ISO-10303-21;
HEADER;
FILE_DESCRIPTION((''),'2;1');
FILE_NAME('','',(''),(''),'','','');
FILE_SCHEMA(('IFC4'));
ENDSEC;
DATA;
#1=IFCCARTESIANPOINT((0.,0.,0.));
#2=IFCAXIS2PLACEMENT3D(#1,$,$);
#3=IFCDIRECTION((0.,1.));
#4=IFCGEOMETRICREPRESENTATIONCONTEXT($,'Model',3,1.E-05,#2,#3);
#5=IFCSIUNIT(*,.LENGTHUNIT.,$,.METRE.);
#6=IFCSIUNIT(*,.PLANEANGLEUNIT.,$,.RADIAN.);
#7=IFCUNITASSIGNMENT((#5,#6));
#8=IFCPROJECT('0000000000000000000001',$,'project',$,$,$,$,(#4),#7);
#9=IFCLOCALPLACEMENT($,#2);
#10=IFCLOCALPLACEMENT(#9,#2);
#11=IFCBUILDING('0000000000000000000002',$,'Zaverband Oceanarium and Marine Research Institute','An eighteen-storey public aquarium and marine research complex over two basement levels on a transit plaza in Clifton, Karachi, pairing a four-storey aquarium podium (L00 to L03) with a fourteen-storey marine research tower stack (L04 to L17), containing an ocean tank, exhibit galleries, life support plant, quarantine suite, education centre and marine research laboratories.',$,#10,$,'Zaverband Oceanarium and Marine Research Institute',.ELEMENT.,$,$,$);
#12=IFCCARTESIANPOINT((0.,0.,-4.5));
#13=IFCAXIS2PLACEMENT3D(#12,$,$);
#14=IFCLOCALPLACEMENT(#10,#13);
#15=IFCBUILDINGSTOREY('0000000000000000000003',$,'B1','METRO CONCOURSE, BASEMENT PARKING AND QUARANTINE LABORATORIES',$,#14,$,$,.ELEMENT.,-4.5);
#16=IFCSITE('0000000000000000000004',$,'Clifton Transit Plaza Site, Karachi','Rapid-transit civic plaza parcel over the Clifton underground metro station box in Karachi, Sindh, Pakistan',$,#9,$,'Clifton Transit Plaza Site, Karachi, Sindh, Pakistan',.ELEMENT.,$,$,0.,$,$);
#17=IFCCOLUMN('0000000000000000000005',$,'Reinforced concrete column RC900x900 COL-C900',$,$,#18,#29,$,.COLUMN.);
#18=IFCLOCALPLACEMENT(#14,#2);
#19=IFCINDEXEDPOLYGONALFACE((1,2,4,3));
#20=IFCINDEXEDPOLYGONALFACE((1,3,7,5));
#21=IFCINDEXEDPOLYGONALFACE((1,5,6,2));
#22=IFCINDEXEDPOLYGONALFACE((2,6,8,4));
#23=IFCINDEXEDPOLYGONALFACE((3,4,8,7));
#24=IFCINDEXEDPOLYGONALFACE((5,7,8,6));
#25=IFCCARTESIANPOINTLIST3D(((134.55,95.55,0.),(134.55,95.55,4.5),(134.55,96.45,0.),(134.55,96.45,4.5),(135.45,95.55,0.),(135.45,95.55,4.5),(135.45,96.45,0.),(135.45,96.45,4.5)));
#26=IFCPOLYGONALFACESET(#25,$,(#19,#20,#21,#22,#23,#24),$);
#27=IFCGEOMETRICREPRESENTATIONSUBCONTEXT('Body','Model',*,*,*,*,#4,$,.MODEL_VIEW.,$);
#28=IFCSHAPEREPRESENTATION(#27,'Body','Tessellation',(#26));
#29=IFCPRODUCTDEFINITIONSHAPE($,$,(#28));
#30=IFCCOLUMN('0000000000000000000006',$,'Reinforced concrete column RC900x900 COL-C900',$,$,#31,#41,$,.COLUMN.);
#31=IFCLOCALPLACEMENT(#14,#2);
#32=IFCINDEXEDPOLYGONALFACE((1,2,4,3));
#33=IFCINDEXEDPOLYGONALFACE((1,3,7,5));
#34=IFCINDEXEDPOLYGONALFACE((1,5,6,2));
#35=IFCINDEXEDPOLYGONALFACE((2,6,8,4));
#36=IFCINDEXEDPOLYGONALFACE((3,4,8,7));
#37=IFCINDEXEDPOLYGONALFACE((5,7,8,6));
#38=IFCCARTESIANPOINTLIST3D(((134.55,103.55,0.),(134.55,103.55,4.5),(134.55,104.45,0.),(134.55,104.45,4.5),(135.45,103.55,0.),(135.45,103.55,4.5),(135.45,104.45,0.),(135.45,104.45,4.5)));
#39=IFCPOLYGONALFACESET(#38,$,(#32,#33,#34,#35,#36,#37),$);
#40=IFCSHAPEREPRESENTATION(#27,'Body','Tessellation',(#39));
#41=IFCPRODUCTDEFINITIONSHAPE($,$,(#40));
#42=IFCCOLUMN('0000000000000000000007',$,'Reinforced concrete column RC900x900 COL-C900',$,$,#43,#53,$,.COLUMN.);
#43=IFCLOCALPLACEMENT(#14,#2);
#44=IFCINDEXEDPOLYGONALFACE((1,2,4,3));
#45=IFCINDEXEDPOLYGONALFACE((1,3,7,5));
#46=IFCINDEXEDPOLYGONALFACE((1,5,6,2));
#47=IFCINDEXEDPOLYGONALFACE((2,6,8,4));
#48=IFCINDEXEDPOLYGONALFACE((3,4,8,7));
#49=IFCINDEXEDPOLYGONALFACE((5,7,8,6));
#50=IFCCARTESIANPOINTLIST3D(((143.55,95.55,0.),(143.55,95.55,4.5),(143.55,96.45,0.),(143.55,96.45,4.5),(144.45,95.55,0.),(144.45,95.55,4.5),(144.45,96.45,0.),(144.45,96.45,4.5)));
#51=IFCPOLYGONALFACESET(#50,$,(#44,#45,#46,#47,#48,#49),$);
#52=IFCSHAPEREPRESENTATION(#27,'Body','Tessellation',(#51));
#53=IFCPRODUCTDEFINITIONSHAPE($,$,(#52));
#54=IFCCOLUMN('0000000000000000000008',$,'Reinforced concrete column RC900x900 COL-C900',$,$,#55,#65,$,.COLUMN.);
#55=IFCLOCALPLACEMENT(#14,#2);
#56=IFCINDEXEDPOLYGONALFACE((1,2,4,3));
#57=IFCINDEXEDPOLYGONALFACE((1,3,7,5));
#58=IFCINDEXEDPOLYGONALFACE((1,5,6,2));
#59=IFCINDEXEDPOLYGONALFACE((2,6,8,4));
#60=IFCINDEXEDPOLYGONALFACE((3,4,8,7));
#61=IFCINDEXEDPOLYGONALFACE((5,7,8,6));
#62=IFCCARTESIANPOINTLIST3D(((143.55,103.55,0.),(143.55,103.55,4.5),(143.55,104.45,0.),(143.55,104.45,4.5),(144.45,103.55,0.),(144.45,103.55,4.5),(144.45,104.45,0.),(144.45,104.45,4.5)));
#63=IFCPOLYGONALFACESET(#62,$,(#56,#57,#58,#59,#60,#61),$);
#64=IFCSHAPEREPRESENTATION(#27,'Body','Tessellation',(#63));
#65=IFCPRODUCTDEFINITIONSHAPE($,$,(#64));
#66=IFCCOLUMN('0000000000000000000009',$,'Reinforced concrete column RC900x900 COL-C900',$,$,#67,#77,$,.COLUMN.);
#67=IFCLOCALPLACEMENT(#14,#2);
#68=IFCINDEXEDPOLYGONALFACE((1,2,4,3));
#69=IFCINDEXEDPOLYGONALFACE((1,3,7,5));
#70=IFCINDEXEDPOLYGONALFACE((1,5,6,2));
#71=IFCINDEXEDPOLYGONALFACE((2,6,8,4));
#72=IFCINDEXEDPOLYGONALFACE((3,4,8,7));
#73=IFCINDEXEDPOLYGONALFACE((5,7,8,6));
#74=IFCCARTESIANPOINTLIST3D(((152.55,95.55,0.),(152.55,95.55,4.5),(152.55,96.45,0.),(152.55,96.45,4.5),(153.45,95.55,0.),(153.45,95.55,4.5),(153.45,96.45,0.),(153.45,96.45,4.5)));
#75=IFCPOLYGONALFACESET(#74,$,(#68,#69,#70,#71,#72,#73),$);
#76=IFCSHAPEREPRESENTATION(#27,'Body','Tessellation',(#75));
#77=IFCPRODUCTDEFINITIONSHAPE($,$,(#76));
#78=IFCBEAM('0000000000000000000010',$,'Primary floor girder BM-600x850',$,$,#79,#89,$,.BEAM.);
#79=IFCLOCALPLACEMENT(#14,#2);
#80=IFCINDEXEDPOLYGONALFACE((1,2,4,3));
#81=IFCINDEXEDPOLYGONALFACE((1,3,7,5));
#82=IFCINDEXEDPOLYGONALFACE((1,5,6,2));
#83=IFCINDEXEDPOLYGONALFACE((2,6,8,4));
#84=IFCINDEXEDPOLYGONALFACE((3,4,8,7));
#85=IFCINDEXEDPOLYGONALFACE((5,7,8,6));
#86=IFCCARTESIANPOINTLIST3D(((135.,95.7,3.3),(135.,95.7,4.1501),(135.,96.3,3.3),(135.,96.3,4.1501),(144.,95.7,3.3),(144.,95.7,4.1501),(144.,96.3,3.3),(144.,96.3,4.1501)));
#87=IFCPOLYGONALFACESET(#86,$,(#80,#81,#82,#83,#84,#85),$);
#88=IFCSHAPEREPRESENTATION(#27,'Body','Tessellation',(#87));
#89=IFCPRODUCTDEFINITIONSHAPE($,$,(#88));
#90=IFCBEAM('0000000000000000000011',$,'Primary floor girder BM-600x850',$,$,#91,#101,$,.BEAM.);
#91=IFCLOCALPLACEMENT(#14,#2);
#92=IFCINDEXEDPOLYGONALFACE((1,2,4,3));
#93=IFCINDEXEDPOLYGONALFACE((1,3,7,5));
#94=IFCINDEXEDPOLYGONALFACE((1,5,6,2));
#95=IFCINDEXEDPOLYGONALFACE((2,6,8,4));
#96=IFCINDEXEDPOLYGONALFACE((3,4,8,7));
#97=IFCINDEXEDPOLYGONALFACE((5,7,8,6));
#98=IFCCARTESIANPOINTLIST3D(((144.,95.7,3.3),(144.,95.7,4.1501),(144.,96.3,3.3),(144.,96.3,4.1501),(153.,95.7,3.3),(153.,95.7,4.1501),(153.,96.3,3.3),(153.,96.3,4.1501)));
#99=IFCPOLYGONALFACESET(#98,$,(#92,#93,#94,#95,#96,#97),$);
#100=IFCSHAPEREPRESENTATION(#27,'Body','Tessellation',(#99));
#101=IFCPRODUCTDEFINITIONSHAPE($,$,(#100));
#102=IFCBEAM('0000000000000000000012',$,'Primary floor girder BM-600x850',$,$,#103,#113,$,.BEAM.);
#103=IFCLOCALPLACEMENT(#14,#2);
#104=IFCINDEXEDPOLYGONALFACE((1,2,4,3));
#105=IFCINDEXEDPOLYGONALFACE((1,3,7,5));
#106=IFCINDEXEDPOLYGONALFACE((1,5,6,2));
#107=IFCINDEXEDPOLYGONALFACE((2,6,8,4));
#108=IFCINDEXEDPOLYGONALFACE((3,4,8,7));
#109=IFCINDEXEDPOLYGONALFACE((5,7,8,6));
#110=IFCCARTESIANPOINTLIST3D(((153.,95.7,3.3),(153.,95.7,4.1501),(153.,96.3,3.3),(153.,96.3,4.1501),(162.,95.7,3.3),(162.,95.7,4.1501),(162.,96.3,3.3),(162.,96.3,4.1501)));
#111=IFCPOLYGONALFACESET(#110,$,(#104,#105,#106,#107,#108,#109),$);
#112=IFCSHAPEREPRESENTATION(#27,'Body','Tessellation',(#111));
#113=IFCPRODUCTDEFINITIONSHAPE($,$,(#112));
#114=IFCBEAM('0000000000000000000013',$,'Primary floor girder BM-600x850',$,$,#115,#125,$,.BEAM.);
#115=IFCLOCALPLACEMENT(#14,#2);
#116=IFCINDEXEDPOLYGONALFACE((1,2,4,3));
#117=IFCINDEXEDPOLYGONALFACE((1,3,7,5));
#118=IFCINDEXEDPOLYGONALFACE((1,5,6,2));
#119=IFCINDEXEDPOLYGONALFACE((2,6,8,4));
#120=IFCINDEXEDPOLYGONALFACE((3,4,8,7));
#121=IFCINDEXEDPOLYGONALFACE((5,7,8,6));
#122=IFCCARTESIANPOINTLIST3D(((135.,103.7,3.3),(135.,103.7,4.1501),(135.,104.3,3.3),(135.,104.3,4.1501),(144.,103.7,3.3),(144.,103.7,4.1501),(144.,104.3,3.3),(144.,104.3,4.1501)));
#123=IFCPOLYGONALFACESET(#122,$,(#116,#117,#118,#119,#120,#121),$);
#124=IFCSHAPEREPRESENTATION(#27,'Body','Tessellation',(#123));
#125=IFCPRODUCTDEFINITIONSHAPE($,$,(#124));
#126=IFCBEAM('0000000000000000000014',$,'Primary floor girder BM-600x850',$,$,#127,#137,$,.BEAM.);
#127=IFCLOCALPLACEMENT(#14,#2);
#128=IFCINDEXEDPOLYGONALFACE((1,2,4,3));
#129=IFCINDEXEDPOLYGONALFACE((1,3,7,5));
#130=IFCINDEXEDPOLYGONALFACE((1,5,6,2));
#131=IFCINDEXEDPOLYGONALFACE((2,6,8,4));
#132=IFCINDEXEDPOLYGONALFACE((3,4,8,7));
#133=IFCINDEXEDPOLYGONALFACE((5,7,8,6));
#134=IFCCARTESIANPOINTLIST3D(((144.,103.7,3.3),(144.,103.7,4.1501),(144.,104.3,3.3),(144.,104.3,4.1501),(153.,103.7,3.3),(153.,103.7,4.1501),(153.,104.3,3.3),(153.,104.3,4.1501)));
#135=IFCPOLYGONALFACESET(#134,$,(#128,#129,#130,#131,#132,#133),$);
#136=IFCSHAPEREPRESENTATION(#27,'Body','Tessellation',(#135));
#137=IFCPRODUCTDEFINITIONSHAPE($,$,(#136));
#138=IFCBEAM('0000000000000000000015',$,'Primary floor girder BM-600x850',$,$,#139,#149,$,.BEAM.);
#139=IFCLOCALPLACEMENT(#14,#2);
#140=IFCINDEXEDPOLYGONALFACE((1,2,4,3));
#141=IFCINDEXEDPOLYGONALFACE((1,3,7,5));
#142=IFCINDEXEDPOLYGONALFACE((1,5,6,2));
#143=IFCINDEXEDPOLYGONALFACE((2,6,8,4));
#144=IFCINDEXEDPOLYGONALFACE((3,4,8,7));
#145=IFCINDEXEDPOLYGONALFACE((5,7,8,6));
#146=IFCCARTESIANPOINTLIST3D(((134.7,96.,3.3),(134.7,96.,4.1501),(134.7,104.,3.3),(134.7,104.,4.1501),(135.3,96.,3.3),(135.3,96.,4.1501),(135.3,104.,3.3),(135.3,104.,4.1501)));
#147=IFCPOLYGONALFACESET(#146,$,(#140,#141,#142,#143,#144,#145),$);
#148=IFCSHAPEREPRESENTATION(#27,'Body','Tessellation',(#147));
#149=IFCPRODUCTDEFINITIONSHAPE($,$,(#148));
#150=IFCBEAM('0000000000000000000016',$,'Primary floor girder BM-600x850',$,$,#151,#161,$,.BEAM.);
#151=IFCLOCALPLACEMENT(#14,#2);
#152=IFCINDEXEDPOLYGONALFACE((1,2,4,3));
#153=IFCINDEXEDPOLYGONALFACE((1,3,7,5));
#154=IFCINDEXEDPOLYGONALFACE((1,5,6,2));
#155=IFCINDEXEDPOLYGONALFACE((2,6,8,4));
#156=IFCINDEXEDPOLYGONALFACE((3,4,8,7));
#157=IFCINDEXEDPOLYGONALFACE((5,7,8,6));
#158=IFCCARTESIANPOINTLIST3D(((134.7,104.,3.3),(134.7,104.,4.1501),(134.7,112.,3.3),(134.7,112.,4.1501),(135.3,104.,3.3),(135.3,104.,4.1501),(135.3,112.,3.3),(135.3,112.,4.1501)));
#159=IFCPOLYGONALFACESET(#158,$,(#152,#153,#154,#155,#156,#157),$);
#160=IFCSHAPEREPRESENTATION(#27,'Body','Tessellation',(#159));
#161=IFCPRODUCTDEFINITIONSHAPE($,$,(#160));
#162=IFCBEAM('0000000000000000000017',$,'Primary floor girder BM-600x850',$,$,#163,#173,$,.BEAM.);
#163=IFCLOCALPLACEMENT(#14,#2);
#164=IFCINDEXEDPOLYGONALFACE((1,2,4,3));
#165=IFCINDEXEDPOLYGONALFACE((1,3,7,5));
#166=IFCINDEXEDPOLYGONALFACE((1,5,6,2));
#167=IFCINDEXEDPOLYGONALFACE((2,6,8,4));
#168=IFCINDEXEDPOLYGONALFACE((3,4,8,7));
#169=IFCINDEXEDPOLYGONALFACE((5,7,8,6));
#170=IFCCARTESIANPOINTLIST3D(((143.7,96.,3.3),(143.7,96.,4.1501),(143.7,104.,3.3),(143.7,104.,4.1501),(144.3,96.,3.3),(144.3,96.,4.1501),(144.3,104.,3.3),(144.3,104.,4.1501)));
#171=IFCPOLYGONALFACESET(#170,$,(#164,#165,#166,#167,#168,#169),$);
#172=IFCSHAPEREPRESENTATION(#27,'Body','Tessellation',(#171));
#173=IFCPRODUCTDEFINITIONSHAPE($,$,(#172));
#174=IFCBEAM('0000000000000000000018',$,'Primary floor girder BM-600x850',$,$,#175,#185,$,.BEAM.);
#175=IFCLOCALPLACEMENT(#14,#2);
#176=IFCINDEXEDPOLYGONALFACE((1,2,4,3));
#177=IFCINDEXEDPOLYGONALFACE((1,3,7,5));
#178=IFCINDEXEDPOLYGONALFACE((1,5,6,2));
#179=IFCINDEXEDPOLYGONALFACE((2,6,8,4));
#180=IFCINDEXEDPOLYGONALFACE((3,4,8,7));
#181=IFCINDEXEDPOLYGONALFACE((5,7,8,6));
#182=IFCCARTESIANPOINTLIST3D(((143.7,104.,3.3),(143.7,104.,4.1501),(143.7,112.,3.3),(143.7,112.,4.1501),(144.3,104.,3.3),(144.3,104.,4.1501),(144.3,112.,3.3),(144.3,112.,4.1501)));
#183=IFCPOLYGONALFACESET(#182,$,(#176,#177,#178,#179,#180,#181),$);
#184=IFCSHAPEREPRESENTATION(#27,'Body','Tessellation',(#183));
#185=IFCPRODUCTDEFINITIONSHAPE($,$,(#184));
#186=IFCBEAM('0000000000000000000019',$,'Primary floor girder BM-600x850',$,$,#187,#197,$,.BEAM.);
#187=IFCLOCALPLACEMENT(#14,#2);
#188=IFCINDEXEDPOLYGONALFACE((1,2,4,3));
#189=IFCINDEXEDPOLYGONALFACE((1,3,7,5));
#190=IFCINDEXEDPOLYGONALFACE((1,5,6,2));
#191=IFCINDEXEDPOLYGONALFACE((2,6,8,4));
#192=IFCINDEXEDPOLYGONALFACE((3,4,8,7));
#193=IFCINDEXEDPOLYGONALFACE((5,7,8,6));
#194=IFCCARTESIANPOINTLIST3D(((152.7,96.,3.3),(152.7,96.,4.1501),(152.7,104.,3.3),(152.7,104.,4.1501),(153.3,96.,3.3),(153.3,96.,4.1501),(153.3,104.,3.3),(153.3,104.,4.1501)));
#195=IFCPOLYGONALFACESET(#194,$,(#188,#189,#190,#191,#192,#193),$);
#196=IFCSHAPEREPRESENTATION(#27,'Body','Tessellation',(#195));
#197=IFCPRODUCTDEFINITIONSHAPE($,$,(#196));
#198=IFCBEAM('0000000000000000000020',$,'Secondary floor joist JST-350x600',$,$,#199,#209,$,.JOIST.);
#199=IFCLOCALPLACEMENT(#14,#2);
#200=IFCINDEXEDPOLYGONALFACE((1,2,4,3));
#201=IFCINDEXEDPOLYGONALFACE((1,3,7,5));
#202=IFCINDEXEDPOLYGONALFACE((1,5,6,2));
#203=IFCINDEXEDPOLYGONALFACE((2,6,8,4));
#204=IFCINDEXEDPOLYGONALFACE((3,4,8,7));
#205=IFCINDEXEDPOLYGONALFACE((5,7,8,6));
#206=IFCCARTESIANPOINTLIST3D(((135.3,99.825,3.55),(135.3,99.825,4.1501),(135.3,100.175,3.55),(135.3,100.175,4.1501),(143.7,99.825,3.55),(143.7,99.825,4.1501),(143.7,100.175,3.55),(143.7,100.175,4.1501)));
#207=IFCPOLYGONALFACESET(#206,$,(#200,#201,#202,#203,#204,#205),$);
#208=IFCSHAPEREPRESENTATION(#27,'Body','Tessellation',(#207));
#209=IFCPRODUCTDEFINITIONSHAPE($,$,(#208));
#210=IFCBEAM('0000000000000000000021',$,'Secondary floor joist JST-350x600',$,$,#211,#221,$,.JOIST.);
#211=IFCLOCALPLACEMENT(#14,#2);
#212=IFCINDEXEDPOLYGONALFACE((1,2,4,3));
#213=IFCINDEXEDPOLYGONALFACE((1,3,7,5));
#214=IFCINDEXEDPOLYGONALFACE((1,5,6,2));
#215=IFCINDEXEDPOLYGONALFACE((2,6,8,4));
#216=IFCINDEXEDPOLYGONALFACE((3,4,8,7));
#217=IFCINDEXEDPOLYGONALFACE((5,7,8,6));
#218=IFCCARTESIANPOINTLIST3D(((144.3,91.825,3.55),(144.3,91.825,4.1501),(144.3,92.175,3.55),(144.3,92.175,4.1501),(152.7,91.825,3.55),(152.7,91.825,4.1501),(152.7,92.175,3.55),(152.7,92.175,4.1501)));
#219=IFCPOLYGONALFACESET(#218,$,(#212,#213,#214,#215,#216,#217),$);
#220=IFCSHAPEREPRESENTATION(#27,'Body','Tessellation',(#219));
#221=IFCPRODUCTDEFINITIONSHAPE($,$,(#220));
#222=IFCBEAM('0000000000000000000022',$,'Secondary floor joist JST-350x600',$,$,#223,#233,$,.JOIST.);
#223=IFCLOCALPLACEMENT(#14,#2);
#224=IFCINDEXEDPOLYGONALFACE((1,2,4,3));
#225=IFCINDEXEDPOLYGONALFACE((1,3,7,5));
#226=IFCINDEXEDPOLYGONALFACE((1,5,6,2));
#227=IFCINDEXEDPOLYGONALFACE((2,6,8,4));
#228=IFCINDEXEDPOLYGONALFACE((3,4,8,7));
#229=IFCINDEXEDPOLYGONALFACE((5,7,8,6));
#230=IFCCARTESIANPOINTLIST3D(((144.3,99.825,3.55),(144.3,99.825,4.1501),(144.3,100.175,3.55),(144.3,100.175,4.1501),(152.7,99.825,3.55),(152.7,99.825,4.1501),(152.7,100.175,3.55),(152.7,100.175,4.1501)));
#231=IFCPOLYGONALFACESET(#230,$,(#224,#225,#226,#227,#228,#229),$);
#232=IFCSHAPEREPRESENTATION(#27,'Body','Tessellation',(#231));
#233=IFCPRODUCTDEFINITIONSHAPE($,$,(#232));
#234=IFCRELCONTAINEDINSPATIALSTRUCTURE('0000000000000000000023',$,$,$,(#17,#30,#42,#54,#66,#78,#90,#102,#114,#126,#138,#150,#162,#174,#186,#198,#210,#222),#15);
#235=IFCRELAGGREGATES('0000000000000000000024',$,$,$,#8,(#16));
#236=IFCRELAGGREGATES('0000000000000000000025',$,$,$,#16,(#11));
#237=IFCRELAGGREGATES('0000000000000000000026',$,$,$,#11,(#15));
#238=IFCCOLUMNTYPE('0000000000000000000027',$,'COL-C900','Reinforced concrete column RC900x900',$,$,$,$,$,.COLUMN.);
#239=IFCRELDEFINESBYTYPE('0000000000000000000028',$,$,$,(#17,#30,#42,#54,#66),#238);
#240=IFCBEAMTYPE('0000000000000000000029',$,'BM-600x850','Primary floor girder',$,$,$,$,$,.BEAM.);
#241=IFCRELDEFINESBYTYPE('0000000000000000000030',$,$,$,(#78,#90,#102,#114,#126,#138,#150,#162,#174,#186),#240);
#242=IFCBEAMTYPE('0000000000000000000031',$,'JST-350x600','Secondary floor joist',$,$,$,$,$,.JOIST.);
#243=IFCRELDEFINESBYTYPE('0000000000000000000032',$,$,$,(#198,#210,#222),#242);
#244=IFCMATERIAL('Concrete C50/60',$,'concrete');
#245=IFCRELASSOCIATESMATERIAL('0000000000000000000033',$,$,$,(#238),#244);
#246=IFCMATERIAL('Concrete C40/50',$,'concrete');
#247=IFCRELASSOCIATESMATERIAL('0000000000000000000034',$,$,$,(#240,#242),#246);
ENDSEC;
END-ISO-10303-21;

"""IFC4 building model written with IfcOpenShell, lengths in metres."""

from ifc_helpers import new_model, si_unit, direction, frame, origin, origin_2d, place, context, subcontext, project, spatial, rectangle, extrude, material, material_profile, profile_set, type_object, element, save


model = new_model("IFC4")

# Units and contexts
model_context = context("Model", 3, precision=1e-05, world=origin(), true_north=direction((0.0, 1.0)))
body_context = subcontext(model_context, "Body", "Model", "MODEL_VIEW")
ifc_project = project(units=[si_unit("LENGTHUNIT", "METRE"), si_unit("PLANEANGLEUNIT", "RADIAN")], contexts=[model_context])

# Site, building, storey
site_placement = place(None, origin())
site = spatial("IfcSite", under=ifc_project, at=site_placement, Name="Clifton Transit Plaza Site, Karachi", Description="Rapid-transit civic plaza parcel over the Clifton underground metro station box in Karachi, Sindh, Pakistan", LongName="Clifton Transit Plaza Site, Karachi, Sindh, Pakistan", CompositionType="ELEMENT", RefElevation=0.0)
building_placement = place(site_placement, origin())
building = spatial("IfcBuilding", under=site, at=building_placement, Name="Zaverband Oceanarium and Marine Research Institute", Description="An eighteen-storey public aquarium and marine research complex over two basement levels on a transit plaza in Clifton, Karachi, pairing a four-storey aquarium podium (L00 to L03) with a fourteen-storey marine research tower stack (L04 to L17), containing an ocean tank, exhibit galleries, life support plant, quarantine suite, education centre and marine research laboratories.", LongName="Zaverband Oceanarium and Marine Research Institute", CompositionType="ELEMENT")
storey_placement = place(building_placement, frame((0.0, 0.0, -4.5)))
storey = spatial("IfcBuildingStorey", under=building, at=storey_placement, Name="B1", Description="METRO CONCOURSE, BASEMENT PARKING AND QUARANTINE LABORATORIES", CompositionType="ELEMENT", Elevation=-4.5)

# Columns
ifc_material_1 = material(Name="Concrete C50/60", Category="concrete")
ifc_material_profile_1 = material_profile(ifc_material_1, rectangle(XDim=0.8999, YDim=0.8999, at=origin_2d()), Name="RC900x900")
ifc_profile_set_1 = profile_set([ifc_material_profile_1], Name="Concrete C50/60")
column_type = type_object("IfcColumnType", Name="COL-C900", Description="Reinforced concrete column RC900x900", PredefinedType="COLUMN", material=ifc_profile_set_1)
for number, where, z_axis, x_axis, name in (
    (1, (135.0, 96.0, 0.0), (0.0, 0.0, 1.0), (1.0, 0.0, 0.0), "Reinforced concrete column RC900x900 COL-C900"),
    (2, (135.0, 104.0, 0.0), (0.0, 0.0, 1.0), (1.0, 0.0, 0.0), "Reinforced concrete column RC900x900 COL-C900"),
    (3, (144.0, 96.0, 0.0), (0.0, 0.0, 1.0), (1.0, 0.0, 0.0), "Reinforced concrete column RC900x900 COL-C900"),
    (4, (144.0, 104.0, 0.0), (0.0, 0.0, 1.0), (1.0, 0.0, 0.0), "Reinforced concrete column RC900x900 COL-C900"),
    (5, (153.0, 96.0, 0.0), (0.0, 0.0, 1.0), (1.0, 0.0, 0.0), "Reinforced concrete column RC900x900 COL-C900"),
):
    element("IfcColumn", number, at=place(storey_placement, frame(where, z_axis=z_axis, x_axis=x_axis)), inside=storey, type_object=column_type, Name=name, PredefinedType="COLUMN", context=body_context, shape_type="SweptSolid", body=[
        extrude(rectangle(XDim=0.8999, YDim=0.8999, at=origin_2d()), origin(), (0.0, 0.0, 1.0), 4.5),
    ])

# Beams
ifc_material_2 = material(Name="Concrete C40/50", Category="concrete")
ifc_material_profile_2 = material_profile(ifc_material_2, rectangle(XDim=0.6001, YDim=0.8501, at=origin_2d()), Name="RC600x850")
ifc_profile_set_2 = profile_set([ifc_material_profile_2], Name="Concrete C40/50")
beam_type_1 = type_object("IfcBeamType", Name="BM-600x850", Description="Primary floor girder", PredefinedType="BEAM", material=ifc_profile_set_2)
for number, where, z_axis, x_axis, name in (
    (6, (135.0, 96.0, 3.7251), (1.0, 0.0, 0.0), (0.0, 1.0, 0.0), "Primary floor girder BM-600x850"),
    (7, (144.0, 96.0, 3.7251), (1.0, 0.0, 0.0), (0.0, 1.0, 0.0), "Primary floor girder BM-600x850"),
    (8, (153.0, 96.0, 3.7251), (1.0, 0.0, 0.0), (0.0, 1.0, 0.0), "Primary floor girder BM-600x850"),
    (9, (135.0, 104.0, 3.7251), (1.0, 0.0, 0.0), (0.0, 1.0, 0.0), "Primary floor girder BM-600x850"),
    (10, (144.0, 104.0, 3.7251), (1.0, 0.0, 0.0), (0.0, 1.0, 0.0), "Primary floor girder BM-600x850"),
):
    element("IfcBeam", number, at=place(storey_placement, frame(where, z_axis=z_axis, x_axis=x_axis)), inside=storey, type_object=beam_type_1, Name=name, PredefinedType="BEAM", context=body_context, shape_type="SweptSolid", body=[
        extrude(rectangle(XDim=0.6001, YDim=0.8501, at=origin_2d()), origin(), (0.0, 0.0, 1.0), 9.0),
    ])
for number, where, z_axis, x_axis, name in (
    (11, (135.0, 96.0, 3.7251), (0.0, 1.0, 0.0), (-1.0, 0.0, 0.0), "Primary floor girder BM-600x850"),
    (12, (135.0, 104.0, 3.7251), (0.0, 1.0, 0.0), (-1.0, 0.0, 0.0), "Primary floor girder BM-600x850"),
    (13, (144.0, 96.0, 3.7251), (0.0, 1.0, 0.0), (-1.0, 0.0, 0.0), "Primary floor girder BM-600x850"),
    (14, (144.0, 104.0, 3.7251), (0.0, 1.0, 0.0), (-1.0, 0.0, 0.0), "Primary floor girder BM-600x850"),
    (15, (153.0, 96.0, 3.7251), (0.0, 1.0, 0.0), (-1.0, 0.0, 0.0), "Primary floor girder BM-600x850"),
):
    element("IfcBeam", number, at=place(storey_placement, frame(where, z_axis=z_axis, x_axis=x_axis)), inside=storey, type_object=beam_type_1, Name=name, PredefinedType="BEAM", context=body_context, shape_type="SweptSolid", body=[
        extrude(rectangle(XDim=0.6001, YDim=0.8501, at=origin_2d()), origin(), (0.0, 0.0, 1.0), 8.0),
    ])
ifc_material_profile_3 = material_profile(ifc_material_2, rectangle(XDim=0.3501, YDim=0.6001, at=origin_2d()), Name="RC350x600")
ifc_profile_set_3 = profile_set([ifc_material_profile_3], Name="Concrete C40/50")
beam_type_2 = type_object("IfcBeamType", Name="JST-350x600", Description="Secondary floor joist", PredefinedType="JOIST", material=ifc_profile_set_3)
for number, where, z_axis, x_axis, name in (
    (16, (135.3, 100.0, 3.8501), (1.0, 0.0, 0.0), (0.0, 1.0, 0.0), "Secondary floor joist JST-350x600"),
    (17, (144.3, 92.0, 3.8501), (1.0, 0.0, 0.0), (0.0, 1.0, 0.0), "Secondary floor joist JST-350x600"),
    (18, (144.3, 100.0, 3.8501), (1.0, 0.0, 0.0), (0.0, 1.0, 0.0), "Secondary floor joist JST-350x600"),
):
    element("IfcBeam", number, at=place(storey_placement, frame(where, z_axis=z_axis, x_axis=x_axis)), inside=storey, type_object=beam_type_2, Name=name, PredefinedType="JOIST", context=body_context, shape_type="SweptSolid", body=[
        extrude(rectangle(XDim=0.3501, YDim=0.6001, at=origin_2d()), origin(), (0.0, 0.0, 1.0), 8.3999),
    ])

save(model, "model.ifc")
